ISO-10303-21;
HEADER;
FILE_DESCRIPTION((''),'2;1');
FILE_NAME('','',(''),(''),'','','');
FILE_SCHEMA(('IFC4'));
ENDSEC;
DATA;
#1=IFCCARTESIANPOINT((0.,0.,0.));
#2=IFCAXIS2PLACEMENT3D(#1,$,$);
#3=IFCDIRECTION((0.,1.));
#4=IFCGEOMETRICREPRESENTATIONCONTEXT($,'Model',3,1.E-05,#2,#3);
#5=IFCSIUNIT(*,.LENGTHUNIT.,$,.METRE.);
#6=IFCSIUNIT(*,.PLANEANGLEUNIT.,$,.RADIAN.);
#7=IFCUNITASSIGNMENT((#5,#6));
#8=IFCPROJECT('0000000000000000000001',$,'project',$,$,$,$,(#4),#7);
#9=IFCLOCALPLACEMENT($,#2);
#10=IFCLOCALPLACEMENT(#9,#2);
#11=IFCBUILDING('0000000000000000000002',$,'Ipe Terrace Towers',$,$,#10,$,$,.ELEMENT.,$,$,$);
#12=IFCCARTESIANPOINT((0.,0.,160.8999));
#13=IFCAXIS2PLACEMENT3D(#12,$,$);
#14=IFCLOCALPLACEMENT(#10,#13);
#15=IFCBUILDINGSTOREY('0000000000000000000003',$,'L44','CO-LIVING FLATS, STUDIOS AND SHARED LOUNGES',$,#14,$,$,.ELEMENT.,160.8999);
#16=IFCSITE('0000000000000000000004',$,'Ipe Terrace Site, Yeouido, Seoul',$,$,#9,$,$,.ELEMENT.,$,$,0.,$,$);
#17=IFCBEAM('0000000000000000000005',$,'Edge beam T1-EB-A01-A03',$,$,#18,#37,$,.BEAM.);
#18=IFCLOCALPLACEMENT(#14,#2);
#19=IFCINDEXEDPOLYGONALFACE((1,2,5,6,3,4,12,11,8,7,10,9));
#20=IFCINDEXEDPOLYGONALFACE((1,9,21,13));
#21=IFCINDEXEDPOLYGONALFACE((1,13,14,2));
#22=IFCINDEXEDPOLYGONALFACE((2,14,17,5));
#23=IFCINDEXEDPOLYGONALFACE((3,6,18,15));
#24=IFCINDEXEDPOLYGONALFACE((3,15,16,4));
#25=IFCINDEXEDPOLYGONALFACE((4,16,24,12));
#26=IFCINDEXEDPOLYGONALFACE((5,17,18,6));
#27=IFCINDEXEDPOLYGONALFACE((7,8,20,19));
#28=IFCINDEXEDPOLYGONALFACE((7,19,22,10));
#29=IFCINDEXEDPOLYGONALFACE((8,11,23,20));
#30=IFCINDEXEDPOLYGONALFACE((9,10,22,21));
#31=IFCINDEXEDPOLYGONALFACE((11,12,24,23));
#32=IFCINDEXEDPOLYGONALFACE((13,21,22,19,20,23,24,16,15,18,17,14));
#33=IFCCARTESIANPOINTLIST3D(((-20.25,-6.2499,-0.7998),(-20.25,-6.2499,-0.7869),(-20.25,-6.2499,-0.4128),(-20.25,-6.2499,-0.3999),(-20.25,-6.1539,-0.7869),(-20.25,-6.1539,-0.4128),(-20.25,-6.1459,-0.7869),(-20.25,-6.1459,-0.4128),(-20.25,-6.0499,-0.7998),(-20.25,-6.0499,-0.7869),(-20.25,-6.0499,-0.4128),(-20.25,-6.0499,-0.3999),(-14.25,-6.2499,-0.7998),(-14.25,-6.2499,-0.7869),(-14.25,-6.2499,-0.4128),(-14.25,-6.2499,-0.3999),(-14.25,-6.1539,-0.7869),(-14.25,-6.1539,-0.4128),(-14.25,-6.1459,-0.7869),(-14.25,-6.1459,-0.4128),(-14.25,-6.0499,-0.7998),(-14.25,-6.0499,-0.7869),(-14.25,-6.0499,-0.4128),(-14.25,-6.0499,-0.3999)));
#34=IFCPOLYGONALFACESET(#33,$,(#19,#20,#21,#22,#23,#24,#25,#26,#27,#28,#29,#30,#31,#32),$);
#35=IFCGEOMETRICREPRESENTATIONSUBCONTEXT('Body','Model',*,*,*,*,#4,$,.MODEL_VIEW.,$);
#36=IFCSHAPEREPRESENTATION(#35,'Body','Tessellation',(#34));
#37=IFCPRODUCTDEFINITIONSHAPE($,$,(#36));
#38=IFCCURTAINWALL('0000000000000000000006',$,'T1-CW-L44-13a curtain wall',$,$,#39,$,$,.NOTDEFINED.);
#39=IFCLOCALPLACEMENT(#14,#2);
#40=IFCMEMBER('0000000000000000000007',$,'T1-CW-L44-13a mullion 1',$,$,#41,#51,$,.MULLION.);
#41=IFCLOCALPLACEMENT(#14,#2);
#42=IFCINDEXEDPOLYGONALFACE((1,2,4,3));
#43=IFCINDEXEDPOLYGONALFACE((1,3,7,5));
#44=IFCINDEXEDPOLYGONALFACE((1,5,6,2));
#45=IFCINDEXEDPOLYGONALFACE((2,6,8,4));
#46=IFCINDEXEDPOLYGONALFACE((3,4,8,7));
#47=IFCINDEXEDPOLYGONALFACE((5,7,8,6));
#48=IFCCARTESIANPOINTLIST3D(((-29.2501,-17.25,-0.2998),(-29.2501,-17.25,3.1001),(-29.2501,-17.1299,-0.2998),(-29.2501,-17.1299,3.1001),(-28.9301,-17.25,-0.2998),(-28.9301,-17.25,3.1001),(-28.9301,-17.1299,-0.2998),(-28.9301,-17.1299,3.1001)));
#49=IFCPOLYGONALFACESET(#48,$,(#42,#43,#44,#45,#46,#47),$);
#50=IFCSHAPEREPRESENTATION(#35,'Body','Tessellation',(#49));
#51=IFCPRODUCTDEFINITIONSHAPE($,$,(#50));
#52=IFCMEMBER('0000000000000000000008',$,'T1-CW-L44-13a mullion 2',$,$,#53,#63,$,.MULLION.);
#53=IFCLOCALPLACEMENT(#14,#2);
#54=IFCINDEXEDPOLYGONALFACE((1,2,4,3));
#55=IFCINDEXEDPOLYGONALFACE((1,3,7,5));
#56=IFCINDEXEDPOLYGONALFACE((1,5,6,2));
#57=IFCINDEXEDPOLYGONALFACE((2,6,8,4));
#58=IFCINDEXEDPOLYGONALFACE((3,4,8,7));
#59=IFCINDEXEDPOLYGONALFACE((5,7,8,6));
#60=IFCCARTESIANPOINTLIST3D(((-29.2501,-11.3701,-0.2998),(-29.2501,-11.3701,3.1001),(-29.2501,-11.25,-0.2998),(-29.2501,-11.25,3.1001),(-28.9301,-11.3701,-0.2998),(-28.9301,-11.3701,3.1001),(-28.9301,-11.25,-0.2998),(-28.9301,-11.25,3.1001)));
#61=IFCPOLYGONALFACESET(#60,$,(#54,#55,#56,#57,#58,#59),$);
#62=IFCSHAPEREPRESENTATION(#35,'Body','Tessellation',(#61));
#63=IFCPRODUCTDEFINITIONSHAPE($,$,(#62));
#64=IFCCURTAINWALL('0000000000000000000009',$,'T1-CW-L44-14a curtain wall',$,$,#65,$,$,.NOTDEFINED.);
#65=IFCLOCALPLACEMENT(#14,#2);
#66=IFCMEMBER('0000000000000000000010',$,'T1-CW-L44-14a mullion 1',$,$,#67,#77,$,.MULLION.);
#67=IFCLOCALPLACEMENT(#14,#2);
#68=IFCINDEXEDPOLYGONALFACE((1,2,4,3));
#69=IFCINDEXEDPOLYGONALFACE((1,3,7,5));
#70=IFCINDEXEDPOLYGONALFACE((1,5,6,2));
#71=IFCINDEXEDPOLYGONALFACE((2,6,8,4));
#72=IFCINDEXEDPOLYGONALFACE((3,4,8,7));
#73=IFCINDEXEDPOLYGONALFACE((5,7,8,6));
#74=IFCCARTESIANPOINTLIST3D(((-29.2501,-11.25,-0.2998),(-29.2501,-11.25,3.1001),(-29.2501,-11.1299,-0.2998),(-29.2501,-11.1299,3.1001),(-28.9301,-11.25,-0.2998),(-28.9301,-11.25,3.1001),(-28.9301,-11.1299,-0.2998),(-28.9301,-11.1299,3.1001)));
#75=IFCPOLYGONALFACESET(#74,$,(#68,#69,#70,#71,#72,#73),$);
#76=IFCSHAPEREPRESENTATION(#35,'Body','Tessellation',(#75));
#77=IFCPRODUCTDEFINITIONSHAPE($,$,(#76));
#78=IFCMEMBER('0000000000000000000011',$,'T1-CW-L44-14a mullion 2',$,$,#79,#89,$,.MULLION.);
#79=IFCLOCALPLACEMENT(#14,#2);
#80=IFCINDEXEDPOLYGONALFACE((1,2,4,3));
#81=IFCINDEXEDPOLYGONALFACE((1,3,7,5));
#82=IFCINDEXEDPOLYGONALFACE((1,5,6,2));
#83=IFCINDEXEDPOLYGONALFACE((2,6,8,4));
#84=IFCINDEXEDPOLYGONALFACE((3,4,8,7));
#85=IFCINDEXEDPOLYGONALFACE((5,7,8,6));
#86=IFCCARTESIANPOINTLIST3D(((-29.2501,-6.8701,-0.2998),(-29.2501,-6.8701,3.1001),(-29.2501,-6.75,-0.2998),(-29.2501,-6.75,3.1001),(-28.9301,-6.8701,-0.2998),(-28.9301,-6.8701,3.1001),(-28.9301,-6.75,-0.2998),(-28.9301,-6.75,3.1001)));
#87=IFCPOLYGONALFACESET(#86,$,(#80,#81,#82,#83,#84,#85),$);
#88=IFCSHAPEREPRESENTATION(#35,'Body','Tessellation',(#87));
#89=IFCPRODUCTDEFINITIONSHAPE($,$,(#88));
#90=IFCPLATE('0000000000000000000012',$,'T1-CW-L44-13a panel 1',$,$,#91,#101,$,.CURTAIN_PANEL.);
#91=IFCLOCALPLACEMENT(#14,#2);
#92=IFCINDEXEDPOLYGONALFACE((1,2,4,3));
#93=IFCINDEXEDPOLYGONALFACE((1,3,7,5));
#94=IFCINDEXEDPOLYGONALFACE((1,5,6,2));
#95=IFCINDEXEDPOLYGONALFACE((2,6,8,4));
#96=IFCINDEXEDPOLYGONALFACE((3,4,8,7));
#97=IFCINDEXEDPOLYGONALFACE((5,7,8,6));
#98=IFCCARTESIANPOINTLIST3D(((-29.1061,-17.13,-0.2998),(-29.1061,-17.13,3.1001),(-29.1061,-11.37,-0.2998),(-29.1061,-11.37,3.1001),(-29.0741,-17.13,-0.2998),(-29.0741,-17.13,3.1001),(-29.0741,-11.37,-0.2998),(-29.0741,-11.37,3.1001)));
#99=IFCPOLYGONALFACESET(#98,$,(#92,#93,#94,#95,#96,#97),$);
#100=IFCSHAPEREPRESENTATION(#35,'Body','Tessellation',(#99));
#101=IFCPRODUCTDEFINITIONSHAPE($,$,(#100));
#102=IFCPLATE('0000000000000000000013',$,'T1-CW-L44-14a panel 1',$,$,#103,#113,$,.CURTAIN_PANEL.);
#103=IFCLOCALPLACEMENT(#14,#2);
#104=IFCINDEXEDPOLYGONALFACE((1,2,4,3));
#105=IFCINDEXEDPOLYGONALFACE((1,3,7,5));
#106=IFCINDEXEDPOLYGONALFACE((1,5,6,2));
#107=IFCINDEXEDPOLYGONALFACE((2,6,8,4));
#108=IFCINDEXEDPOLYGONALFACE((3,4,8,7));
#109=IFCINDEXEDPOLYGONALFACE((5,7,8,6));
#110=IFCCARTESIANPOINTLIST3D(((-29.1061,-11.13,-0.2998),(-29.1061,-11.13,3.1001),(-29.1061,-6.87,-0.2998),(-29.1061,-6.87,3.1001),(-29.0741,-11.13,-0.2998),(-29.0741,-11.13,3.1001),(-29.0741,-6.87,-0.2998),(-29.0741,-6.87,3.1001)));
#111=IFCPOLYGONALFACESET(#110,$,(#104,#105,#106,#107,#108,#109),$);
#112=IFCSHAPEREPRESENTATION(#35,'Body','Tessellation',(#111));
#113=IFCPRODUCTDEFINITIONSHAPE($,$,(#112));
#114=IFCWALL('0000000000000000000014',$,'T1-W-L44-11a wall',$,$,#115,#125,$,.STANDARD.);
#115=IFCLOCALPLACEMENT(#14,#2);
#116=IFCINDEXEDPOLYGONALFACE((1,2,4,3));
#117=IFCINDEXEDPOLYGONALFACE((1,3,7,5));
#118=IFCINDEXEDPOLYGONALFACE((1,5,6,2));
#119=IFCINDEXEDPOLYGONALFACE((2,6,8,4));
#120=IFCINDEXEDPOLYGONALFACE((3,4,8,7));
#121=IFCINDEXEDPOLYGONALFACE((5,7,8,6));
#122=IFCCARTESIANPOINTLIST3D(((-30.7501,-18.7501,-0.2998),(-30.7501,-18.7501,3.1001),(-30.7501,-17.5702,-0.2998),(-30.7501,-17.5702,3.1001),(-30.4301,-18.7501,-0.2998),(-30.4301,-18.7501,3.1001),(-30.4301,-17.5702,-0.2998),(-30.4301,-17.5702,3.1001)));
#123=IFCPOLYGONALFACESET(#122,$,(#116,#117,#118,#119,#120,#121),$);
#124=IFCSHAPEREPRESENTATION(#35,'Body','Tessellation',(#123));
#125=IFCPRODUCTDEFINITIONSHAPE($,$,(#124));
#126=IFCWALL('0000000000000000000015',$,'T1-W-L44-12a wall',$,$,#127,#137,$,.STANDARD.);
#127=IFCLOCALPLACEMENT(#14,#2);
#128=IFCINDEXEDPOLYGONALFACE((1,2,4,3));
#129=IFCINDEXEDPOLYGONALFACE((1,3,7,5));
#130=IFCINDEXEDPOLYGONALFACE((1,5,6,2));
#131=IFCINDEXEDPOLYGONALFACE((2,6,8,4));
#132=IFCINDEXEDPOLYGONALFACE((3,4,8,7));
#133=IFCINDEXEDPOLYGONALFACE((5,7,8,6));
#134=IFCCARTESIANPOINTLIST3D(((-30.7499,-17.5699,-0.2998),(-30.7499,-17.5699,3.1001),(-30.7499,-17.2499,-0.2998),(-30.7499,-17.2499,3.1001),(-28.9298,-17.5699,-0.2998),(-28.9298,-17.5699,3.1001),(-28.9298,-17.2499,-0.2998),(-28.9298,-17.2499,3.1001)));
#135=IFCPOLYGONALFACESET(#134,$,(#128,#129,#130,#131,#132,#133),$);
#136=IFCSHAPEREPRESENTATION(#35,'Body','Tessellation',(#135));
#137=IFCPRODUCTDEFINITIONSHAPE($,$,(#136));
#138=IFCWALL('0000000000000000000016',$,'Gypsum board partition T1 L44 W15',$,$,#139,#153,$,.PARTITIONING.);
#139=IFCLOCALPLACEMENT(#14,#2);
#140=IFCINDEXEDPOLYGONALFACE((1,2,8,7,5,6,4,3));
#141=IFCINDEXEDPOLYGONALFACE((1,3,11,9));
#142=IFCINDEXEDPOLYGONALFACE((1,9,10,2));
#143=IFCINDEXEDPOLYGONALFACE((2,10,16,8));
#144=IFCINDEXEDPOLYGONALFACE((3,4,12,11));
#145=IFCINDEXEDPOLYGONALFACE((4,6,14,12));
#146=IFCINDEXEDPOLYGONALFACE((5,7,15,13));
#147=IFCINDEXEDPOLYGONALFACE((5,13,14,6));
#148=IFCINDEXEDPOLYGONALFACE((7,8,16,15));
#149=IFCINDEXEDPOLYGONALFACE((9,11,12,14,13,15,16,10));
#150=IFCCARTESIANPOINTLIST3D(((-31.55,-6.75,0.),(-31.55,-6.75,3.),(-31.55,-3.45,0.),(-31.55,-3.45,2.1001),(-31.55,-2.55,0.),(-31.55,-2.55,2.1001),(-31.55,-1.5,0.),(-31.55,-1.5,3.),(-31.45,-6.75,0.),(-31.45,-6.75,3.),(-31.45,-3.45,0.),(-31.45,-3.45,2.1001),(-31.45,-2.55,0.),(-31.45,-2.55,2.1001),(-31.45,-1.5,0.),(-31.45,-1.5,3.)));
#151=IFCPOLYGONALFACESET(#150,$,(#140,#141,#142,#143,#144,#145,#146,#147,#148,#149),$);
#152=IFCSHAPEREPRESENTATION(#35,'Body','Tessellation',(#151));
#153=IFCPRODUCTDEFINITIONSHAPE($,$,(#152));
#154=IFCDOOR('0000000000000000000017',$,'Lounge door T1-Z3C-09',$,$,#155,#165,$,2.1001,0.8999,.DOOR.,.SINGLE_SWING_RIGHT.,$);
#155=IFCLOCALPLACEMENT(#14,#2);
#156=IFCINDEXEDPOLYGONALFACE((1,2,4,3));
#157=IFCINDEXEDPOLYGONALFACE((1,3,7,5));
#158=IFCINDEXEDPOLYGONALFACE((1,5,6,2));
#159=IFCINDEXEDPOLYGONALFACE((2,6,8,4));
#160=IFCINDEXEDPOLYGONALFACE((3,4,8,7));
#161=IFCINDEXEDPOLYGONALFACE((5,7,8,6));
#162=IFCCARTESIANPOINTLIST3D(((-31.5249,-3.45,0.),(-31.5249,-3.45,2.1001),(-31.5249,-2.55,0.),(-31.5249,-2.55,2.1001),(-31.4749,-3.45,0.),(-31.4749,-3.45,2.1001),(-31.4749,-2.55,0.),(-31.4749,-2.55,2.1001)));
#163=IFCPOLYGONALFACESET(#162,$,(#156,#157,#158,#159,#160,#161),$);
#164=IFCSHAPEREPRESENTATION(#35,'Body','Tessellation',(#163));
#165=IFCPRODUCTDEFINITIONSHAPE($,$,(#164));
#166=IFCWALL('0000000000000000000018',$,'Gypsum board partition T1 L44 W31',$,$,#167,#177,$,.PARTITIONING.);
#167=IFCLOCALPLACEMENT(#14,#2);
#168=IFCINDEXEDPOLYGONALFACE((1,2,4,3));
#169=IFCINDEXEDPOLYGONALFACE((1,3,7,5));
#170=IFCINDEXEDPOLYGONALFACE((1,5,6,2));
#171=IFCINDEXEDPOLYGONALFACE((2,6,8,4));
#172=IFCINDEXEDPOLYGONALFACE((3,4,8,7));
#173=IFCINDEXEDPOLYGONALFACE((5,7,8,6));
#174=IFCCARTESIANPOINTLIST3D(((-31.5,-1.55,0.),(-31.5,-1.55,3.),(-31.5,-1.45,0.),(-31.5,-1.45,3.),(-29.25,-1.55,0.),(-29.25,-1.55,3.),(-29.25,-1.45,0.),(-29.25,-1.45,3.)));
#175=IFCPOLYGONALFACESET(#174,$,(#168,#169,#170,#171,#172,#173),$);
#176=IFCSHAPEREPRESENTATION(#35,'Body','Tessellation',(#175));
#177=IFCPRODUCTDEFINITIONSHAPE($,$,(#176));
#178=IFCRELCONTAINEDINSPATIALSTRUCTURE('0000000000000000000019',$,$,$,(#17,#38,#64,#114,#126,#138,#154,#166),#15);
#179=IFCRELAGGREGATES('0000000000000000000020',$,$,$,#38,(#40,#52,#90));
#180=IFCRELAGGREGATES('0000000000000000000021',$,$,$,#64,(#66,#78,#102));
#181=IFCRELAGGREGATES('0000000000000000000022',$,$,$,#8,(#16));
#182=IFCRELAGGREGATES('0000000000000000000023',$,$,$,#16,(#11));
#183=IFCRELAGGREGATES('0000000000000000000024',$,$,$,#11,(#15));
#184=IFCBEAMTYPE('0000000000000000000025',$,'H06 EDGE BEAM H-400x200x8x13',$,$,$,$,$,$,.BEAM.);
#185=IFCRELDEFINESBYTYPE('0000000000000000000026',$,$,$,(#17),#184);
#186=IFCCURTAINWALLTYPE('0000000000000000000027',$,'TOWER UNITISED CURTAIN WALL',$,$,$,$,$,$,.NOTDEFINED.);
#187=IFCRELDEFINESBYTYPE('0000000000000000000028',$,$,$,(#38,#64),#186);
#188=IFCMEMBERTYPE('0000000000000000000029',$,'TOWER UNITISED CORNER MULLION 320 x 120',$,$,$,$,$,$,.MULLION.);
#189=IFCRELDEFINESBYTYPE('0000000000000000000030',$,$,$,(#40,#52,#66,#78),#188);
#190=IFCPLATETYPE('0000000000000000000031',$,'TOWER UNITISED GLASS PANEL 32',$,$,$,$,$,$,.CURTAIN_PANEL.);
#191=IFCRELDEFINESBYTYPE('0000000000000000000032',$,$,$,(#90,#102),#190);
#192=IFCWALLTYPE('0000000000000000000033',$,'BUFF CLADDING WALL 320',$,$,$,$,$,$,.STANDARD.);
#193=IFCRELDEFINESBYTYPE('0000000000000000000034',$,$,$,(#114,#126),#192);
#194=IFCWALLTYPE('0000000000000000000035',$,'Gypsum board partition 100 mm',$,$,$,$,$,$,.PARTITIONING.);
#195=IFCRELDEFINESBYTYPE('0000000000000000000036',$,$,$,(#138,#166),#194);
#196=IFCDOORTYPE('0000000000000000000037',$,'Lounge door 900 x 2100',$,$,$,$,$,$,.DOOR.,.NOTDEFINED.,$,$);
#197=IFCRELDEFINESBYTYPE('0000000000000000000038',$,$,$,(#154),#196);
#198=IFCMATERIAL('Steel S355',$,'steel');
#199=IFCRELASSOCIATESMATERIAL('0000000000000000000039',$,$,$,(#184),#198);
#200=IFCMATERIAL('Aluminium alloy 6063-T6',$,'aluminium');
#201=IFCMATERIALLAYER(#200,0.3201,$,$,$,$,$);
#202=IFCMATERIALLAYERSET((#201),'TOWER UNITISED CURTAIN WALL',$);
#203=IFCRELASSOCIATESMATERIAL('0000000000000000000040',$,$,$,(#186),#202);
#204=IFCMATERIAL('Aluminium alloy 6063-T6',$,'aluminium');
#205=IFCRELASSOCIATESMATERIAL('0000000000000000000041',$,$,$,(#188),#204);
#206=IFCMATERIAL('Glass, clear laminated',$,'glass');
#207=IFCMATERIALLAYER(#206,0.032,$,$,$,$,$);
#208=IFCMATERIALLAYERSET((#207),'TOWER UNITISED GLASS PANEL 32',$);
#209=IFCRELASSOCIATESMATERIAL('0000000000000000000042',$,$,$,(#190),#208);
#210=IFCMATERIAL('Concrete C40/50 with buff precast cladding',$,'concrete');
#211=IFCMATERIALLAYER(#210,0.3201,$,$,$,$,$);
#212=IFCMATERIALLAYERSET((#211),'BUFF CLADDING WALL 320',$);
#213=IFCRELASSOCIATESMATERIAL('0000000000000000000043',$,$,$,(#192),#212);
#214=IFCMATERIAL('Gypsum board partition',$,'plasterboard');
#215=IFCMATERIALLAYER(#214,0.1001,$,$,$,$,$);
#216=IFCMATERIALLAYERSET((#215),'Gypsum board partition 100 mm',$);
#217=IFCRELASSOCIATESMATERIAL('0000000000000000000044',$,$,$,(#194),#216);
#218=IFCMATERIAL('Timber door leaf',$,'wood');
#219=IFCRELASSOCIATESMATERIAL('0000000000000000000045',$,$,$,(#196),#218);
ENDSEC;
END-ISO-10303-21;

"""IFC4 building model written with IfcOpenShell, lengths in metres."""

from ifc_helpers import new_model, si_unit, direction, frame, frame_2d, origin, origin_2d, place, context, subcontext, project, spatial, rectangle, i_section, extrude, material, layer, layer_set, material_profile, profile_set, type_object, element, fill, aggregate, save


model = new_model("IFC4")

# Units and contexts
model_context = context("Model", 3, precision=1e-05, world=origin(), true_north=direction((0.0, 1.0)))
body_context = subcontext(model_context, "Body", "Model", "MODEL_VIEW")
ifc_project = project(units=[si_unit("LENGTHUNIT", "METRE"), si_unit("PLANEANGLEUNIT", "RADIAN")], contexts=[model_context])

# Site, building, storey
site_placement = place(None, origin())
site = spatial("IfcSite", under=ifc_project, at=site_placement, Name="Ipe Terrace Site, Yeouido, Seoul", CompositionType="ELEMENT", RefElevation=0.0)
building_placement = place(site_placement, origin())
building = spatial("IfcBuilding", under=site, at=building_placement, Name="Ipe Terrace Towers", CompositionType="ELEMENT")
storey_placement = place(building_placement, frame((0.0, 0.0, 160.8999)))
storey = spatial("IfcBuildingStorey", under=building, at=storey_placement, Name="L44", Description="CO-LIVING FLATS, STUDIOS AND SHARED LOUNGES", CompositionType="ELEMENT", Elevation=160.8999)

# Beam
ifc_material_1 = material(Name="Steel S355", Category="steel")
ifc_material_profile_1 = material_profile(ifc_material_1, i_section(OverallWidth=0.2, OverallDepth=0.3999, WebThickness=0.0081, FlangeThickness=0.0129, at=origin_2d()), Name="H-400x200x8x13")
ifc_profile_set_1 = profile_set([ifc_material_profile_1], Name="Steel S355")
beam_type_1 = type_object("IfcBeamType", Name="H06 EDGE BEAM H-400x200x8x13", PredefinedType="BEAM", material=ifc_profile_set_1)
beam_1_placement = place(storey_placement, frame((-20.25, -6.1499, -0.5999), z_axis=(1.0, 0.0, 0.0), x_axis=(0.0, 1.0, 0.0)))
element("IfcBeam", 1, at=beam_1_placement, inside=storey, type_object=beam_type_1, Name="Edge beam T1-EB-A01-A03", PredefinedType="BEAM", context=body_context, shape_type="SweptSolid", body=[
    extrude(i_section(OverallWidth=0.2, OverallDepth=0.3999, WebThickness=0.0081, FlangeThickness=0.0129, at=origin_2d()), origin(), (0.0, 0.0, 1.0), 6.0),
])

# Curtain walls, members
ifc_material_2 = material(Name="Aluminium alloy 6063-T6", Category="aluminium")
ifc_layer_1 = layer(ifc_material_2, 0.3201)
ifc_layer_set_1 = layer_set([ifc_layer_1], Name="TOWER UNITISED CURTAIN WALL")
curtain_wall_type = type_object("IfcCurtainWallType", Name="TOWER UNITISED CURTAIN WALL", PredefinedType="NOTDEFINED", material=ifc_layer_set_1)
curtain_wall_1_placement = place(storey_placement, origin())
curtain_wall_1 = element("IfcCurtainWall", 2, at=curtain_wall_1_placement, inside=storey, type_object=curtain_wall_type, Name="T1-CW-L44-13a curtain wall", PredefinedType="NOTDEFINED")
ifc_material_3 = material(Name="Aluminium alloy 6063-T6", Category="aluminium")
ifc_material_profile_2 = material_profile(ifc_material_3, rectangle(XDim=0.3201, YDim=0.1201, at=origin_2d()), Name="TOWER UNITISED CORNER MULLION 320 x 120")
ifc_profile_set_2 = profile_set([ifc_material_profile_2], Name="Aluminium alloy 6063-T6")
member_type = type_object("IfcMemberType", Name="TOWER UNITISED CORNER MULLION 320 x 120", PredefinedType="MULLION", material=ifc_profile_set_2)
member_1_placement = place(storey_placement, frame((-29.0901, -17.1899, -0.2998), z_axis=(0.0, 0.0, 1.0), x_axis=(1.0, 0.0, 0.0)))
member_1 = element("IfcMember", 3, at=member_1_placement, type_object=member_type, Name="T1-CW-L44-13a mullion 1", PredefinedType="MULLION", context=body_context, shape_type="SweptSolid", body=[
    extrude(rectangle(XDim=0.3201, YDim=0.1201, at=origin_2d()), origin(), (0.0, 0.0, 1.0), 3.3999),
])
member_2_placement = place(storey_placement, frame((-29.0901, -11.3101, -0.2998), z_axis=(0.0, 0.0, 1.0), x_axis=(1.0, 0.0, 0.0)))
member_2 = element("IfcMember", 4, at=member_2_placement, type_object=member_type, Name="T1-CW-L44-13a mullion 2", PredefinedType="MULLION", context=body_context, shape_type="SweptSolid", body=[
    extrude(rectangle(XDim=0.3201, YDim=0.1201, at=origin_2d()), origin(), (0.0, 0.0, 1.0), 3.3999),
])
curtain_wall_2_placement = place(storey_placement, origin())
curtain_wall_2 = element("IfcCurtainWall", 5, at=curtain_wall_2_placement, inside=storey, type_object=curtain_wall_type, Name="T1-CW-L44-14a curtain wall", PredefinedType="NOTDEFINED")
member_3_placement = place(storey_placement, frame((-29.0901, -11.1899, -0.2998), z_axis=(0.0, 0.0, 1.0), x_axis=(1.0, 0.0, 0.0)))
member_3 = element("IfcMember", 6, at=member_3_placement, type_object=member_type, Name="T1-CW-L44-14a mullion 1", PredefinedType="MULLION", context=body_context, shape_type="SweptSolid", body=[
    extrude(rectangle(XDim=0.3201, YDim=0.1201, at=origin_2d()), origin(), (0.0, 0.0, 1.0), 3.3999),
])
member_4_placement = place(storey_placement, frame((-29.0901, -6.8101, -0.2998), z_axis=(0.0, 0.0, 1.0), x_axis=(1.0, 0.0, 0.0)))
member_4 = element("IfcMember", 7, at=member_4_placement, type_object=member_type, Name="T1-CW-L44-14a mullion 2", PredefinedType="MULLION", context=body_context, shape_type="SweptSolid", body=[
    extrude(rectangle(XDim=0.3201, YDim=0.1201, at=origin_2d()), origin(), (0.0, 0.0, 1.0), 3.3999),
])

# Plates
ifc_material_4 = material(Name="Glass, clear laminated", Category="glass")
ifc_layer_2 = layer(ifc_material_4, 0.032)
ifc_layer_set_2 = layer_set([ifc_layer_2], Name="TOWER UNITISED GLASS PANEL 32")
plate_type = type_object("IfcPlateType", Name="TOWER UNITISED GLASS PANEL 32", PredefinedType="CURTAIN_PANEL", material=ifc_layer_set_2)
plate_1_placement = place(storey_placement, frame((-29.0901, -14.25, -0.2998), z_axis=(0.0, 0.0, 1.0), x_axis=(0.0, 1.0, 0.0)))
plate_1 = element("IfcPlate", 8, at=plate_1_placement, type_object=plate_type, Name="T1-CW-L44-13a panel 1", PredefinedType="CURTAIN_PANEL", context=body_context, shape_type="SweptSolid", body=[
    extrude(rectangle(XDim=5.76, YDim=0.032, at=origin_2d()), origin(), (0.0, 0.0, 1.0), 3.3999),
])
aggregate(curtain_wall_1, [member_1, member_2, plate_1])
plate_2_placement = place(storey_placement, frame((-29.0901, -9.0, -0.2998), z_axis=(0.0, 0.0, 1.0), x_axis=(0.0, 1.0, 0.0)))
plate_2 = element("IfcPlate", 9, at=plate_2_placement, type_object=plate_type, Name="T1-CW-L44-14a panel 1", PredefinedType="CURTAIN_PANEL", context=body_context, shape_type="SweptSolid", body=[
    extrude(rectangle(XDim=4.26, YDim=0.032, at=origin_2d()), origin(), (0.0, 0.0, 1.0), 3.3999),
])
aggregate(curtain_wall_2, [member_3, member_4, plate_2])

# Walls
ifc_material_5 = material(Name="Concrete C40/50 with buff precast cladding", Category="concrete")
ifc_layer_3 = layer(ifc_material_5, 0.3201)
ifc_layer_set_3 = layer_set([ifc_layer_3], Name="BUFF CLADDING WALL 320")
wall_type_1 = type_object("IfcWallType", Name="BUFF CLADDING WALL 320", PredefinedType="STANDARD", material=ifc_layer_set_3)
wall_1_placement = place(storey_placement, frame((-30.5901, -18.75, -0.2998), z_axis=(0.0, 0.0, 1.0), x_axis=(0.0, 1.0, 0.0)))
element("IfcWall", 10, at=wall_1_placement, inside=storey, type_object=wall_type_1, Name="T1-W-L44-11a wall", PredefinedType="STANDARD", context=body_context, shape_type="SweptSolid", body=[
    extrude(rectangle(XDim=1.1799, YDim=0.3201, at=frame_2d((0.5898, 0.0))), origin(), (0.0, 0.0, 1.0), 3.3999),
])
wall_2_placement = place(storey_placement, frame((-30.75, -17.4099, -0.2998), z_axis=(0.0, 0.0, 1.0), x_axis=(1.0, 0.0, 0.0)))
element("IfcWall", 11, at=wall_2_placement, inside=storey, type_object=wall_type_1, Name="T1-W-L44-12a wall", PredefinedType="STANDARD", context=body_context, shape_type="SweptSolid", body=[
    extrude(rectangle(XDim=1.8201, YDim=0.3201, at=frame_2d((0.9102, 0.0))), origin(), (0.0, 0.0, 1.0), 3.3999),
])

# Wall, opening, door
ifc_material_6 = material(Name="Gypsum board partition", Category="plasterboard")
ifc_layer_4 = layer(ifc_material_6, 0.1001)
ifc_layer_set_4 = layer_set([ifc_layer_4], Name="Gypsum board partition 100 mm")
wall_type_2 = type_object("IfcWallType", Name="Gypsum board partition 100 mm", PredefinedType="PARTITIONING", material=ifc_layer_set_4)
wall_3_placement = place(storey_placement, frame((-31.5, -6.75, 0.0), z_axis=(0.0, 0.0, 1.0), x_axis=(0.0, 1.0, 0.0)))
wall_3 = element("IfcWall", 12, at=wall_3_placement, inside=storey, type_object=wall_type_2, Name="Gypsum board partition T1 L44 W15", PredefinedType="PARTITIONING", context=body_context, shape_type="SweptSolid", body=[
    extrude(rectangle(XDim=5.25, YDim=0.1001, at=frame_2d((2.625, 0.0))), origin(), (0.0, 0.0, 1.0), 3.0),
])
opening_1_placement = place(wall_3_placement, frame((3.3, 0.0, 0.0)))
opening_1 = element("IfcOpeningElement", 13, at=opening_1_placement, cuts=wall_3, PredefinedType="OPENING", context=body_context, shape_type="SweptSolid", body=[
    extrude(rectangle(XDim=0.8999, YDim=2.1001, at=frame_2d((0.45, 1.05))), frame((0.0, 0.0601, 0.0), z_axis=(0.0, -1.0, 0.0), x_axis=(1.0, 0.0, 0.0)), (0.0, 0.0, 1.0), 0.1201),
])
ifc_material_7 = material(Name="Timber door leaf", Category="wood")
door_type_1 = type_object("IfcDoorType", Name="Lounge door 900 x 2100", OperationType="NOTDEFINED", PredefinedType="DOOR", material=ifc_material_7)
door_1_placement = place(opening_1_placement, origin())
door_1 = element("IfcDoor", 14, at=door_1_placement, inside=storey, type_object=door_type_1, Name="Lounge door T1-Z3C-09", OperationType="SINGLE_SWING_RIGHT", OverallHeight=2.1001, OverallWidth=0.8999, PredefinedType="DOOR", context=body_context, shape_type="SweptSolid", body=[
    extrude(rectangle(XDim=0.8999, YDim=2.1001, at=frame_2d((0.45, 1.05))), frame((0.0, 0.0249, 0.0), z_axis=(0.0, -1.0, 0.0), x_axis=(1.0, 0.0, 0.0)), (0.0, 0.0, 1.0), 0.05),
])
fill(opening_1, door_1)

# Wall
wall_4_placement = place(storey_placement, frame((-31.5, -1.5, 0.0), z_axis=(0.0, 0.0, 1.0), x_axis=(1.0, 0.0, 0.0)))
element("IfcWall", 15, at=wall_4_placement, inside=storey, type_object=wall_type_2, Name="Gypsum board partition T1 L44 W31", PredefinedType="PARTITIONING", context=body_context, shape_type="SweptSolid", body=[
    extrude(rectangle(XDim=2.25, YDim=0.1001, at=frame_2d((1.125, 0.0))), origin(), (0.0, 0.0, 1.0), 3.0),
])

save(model, "model.ifc")
